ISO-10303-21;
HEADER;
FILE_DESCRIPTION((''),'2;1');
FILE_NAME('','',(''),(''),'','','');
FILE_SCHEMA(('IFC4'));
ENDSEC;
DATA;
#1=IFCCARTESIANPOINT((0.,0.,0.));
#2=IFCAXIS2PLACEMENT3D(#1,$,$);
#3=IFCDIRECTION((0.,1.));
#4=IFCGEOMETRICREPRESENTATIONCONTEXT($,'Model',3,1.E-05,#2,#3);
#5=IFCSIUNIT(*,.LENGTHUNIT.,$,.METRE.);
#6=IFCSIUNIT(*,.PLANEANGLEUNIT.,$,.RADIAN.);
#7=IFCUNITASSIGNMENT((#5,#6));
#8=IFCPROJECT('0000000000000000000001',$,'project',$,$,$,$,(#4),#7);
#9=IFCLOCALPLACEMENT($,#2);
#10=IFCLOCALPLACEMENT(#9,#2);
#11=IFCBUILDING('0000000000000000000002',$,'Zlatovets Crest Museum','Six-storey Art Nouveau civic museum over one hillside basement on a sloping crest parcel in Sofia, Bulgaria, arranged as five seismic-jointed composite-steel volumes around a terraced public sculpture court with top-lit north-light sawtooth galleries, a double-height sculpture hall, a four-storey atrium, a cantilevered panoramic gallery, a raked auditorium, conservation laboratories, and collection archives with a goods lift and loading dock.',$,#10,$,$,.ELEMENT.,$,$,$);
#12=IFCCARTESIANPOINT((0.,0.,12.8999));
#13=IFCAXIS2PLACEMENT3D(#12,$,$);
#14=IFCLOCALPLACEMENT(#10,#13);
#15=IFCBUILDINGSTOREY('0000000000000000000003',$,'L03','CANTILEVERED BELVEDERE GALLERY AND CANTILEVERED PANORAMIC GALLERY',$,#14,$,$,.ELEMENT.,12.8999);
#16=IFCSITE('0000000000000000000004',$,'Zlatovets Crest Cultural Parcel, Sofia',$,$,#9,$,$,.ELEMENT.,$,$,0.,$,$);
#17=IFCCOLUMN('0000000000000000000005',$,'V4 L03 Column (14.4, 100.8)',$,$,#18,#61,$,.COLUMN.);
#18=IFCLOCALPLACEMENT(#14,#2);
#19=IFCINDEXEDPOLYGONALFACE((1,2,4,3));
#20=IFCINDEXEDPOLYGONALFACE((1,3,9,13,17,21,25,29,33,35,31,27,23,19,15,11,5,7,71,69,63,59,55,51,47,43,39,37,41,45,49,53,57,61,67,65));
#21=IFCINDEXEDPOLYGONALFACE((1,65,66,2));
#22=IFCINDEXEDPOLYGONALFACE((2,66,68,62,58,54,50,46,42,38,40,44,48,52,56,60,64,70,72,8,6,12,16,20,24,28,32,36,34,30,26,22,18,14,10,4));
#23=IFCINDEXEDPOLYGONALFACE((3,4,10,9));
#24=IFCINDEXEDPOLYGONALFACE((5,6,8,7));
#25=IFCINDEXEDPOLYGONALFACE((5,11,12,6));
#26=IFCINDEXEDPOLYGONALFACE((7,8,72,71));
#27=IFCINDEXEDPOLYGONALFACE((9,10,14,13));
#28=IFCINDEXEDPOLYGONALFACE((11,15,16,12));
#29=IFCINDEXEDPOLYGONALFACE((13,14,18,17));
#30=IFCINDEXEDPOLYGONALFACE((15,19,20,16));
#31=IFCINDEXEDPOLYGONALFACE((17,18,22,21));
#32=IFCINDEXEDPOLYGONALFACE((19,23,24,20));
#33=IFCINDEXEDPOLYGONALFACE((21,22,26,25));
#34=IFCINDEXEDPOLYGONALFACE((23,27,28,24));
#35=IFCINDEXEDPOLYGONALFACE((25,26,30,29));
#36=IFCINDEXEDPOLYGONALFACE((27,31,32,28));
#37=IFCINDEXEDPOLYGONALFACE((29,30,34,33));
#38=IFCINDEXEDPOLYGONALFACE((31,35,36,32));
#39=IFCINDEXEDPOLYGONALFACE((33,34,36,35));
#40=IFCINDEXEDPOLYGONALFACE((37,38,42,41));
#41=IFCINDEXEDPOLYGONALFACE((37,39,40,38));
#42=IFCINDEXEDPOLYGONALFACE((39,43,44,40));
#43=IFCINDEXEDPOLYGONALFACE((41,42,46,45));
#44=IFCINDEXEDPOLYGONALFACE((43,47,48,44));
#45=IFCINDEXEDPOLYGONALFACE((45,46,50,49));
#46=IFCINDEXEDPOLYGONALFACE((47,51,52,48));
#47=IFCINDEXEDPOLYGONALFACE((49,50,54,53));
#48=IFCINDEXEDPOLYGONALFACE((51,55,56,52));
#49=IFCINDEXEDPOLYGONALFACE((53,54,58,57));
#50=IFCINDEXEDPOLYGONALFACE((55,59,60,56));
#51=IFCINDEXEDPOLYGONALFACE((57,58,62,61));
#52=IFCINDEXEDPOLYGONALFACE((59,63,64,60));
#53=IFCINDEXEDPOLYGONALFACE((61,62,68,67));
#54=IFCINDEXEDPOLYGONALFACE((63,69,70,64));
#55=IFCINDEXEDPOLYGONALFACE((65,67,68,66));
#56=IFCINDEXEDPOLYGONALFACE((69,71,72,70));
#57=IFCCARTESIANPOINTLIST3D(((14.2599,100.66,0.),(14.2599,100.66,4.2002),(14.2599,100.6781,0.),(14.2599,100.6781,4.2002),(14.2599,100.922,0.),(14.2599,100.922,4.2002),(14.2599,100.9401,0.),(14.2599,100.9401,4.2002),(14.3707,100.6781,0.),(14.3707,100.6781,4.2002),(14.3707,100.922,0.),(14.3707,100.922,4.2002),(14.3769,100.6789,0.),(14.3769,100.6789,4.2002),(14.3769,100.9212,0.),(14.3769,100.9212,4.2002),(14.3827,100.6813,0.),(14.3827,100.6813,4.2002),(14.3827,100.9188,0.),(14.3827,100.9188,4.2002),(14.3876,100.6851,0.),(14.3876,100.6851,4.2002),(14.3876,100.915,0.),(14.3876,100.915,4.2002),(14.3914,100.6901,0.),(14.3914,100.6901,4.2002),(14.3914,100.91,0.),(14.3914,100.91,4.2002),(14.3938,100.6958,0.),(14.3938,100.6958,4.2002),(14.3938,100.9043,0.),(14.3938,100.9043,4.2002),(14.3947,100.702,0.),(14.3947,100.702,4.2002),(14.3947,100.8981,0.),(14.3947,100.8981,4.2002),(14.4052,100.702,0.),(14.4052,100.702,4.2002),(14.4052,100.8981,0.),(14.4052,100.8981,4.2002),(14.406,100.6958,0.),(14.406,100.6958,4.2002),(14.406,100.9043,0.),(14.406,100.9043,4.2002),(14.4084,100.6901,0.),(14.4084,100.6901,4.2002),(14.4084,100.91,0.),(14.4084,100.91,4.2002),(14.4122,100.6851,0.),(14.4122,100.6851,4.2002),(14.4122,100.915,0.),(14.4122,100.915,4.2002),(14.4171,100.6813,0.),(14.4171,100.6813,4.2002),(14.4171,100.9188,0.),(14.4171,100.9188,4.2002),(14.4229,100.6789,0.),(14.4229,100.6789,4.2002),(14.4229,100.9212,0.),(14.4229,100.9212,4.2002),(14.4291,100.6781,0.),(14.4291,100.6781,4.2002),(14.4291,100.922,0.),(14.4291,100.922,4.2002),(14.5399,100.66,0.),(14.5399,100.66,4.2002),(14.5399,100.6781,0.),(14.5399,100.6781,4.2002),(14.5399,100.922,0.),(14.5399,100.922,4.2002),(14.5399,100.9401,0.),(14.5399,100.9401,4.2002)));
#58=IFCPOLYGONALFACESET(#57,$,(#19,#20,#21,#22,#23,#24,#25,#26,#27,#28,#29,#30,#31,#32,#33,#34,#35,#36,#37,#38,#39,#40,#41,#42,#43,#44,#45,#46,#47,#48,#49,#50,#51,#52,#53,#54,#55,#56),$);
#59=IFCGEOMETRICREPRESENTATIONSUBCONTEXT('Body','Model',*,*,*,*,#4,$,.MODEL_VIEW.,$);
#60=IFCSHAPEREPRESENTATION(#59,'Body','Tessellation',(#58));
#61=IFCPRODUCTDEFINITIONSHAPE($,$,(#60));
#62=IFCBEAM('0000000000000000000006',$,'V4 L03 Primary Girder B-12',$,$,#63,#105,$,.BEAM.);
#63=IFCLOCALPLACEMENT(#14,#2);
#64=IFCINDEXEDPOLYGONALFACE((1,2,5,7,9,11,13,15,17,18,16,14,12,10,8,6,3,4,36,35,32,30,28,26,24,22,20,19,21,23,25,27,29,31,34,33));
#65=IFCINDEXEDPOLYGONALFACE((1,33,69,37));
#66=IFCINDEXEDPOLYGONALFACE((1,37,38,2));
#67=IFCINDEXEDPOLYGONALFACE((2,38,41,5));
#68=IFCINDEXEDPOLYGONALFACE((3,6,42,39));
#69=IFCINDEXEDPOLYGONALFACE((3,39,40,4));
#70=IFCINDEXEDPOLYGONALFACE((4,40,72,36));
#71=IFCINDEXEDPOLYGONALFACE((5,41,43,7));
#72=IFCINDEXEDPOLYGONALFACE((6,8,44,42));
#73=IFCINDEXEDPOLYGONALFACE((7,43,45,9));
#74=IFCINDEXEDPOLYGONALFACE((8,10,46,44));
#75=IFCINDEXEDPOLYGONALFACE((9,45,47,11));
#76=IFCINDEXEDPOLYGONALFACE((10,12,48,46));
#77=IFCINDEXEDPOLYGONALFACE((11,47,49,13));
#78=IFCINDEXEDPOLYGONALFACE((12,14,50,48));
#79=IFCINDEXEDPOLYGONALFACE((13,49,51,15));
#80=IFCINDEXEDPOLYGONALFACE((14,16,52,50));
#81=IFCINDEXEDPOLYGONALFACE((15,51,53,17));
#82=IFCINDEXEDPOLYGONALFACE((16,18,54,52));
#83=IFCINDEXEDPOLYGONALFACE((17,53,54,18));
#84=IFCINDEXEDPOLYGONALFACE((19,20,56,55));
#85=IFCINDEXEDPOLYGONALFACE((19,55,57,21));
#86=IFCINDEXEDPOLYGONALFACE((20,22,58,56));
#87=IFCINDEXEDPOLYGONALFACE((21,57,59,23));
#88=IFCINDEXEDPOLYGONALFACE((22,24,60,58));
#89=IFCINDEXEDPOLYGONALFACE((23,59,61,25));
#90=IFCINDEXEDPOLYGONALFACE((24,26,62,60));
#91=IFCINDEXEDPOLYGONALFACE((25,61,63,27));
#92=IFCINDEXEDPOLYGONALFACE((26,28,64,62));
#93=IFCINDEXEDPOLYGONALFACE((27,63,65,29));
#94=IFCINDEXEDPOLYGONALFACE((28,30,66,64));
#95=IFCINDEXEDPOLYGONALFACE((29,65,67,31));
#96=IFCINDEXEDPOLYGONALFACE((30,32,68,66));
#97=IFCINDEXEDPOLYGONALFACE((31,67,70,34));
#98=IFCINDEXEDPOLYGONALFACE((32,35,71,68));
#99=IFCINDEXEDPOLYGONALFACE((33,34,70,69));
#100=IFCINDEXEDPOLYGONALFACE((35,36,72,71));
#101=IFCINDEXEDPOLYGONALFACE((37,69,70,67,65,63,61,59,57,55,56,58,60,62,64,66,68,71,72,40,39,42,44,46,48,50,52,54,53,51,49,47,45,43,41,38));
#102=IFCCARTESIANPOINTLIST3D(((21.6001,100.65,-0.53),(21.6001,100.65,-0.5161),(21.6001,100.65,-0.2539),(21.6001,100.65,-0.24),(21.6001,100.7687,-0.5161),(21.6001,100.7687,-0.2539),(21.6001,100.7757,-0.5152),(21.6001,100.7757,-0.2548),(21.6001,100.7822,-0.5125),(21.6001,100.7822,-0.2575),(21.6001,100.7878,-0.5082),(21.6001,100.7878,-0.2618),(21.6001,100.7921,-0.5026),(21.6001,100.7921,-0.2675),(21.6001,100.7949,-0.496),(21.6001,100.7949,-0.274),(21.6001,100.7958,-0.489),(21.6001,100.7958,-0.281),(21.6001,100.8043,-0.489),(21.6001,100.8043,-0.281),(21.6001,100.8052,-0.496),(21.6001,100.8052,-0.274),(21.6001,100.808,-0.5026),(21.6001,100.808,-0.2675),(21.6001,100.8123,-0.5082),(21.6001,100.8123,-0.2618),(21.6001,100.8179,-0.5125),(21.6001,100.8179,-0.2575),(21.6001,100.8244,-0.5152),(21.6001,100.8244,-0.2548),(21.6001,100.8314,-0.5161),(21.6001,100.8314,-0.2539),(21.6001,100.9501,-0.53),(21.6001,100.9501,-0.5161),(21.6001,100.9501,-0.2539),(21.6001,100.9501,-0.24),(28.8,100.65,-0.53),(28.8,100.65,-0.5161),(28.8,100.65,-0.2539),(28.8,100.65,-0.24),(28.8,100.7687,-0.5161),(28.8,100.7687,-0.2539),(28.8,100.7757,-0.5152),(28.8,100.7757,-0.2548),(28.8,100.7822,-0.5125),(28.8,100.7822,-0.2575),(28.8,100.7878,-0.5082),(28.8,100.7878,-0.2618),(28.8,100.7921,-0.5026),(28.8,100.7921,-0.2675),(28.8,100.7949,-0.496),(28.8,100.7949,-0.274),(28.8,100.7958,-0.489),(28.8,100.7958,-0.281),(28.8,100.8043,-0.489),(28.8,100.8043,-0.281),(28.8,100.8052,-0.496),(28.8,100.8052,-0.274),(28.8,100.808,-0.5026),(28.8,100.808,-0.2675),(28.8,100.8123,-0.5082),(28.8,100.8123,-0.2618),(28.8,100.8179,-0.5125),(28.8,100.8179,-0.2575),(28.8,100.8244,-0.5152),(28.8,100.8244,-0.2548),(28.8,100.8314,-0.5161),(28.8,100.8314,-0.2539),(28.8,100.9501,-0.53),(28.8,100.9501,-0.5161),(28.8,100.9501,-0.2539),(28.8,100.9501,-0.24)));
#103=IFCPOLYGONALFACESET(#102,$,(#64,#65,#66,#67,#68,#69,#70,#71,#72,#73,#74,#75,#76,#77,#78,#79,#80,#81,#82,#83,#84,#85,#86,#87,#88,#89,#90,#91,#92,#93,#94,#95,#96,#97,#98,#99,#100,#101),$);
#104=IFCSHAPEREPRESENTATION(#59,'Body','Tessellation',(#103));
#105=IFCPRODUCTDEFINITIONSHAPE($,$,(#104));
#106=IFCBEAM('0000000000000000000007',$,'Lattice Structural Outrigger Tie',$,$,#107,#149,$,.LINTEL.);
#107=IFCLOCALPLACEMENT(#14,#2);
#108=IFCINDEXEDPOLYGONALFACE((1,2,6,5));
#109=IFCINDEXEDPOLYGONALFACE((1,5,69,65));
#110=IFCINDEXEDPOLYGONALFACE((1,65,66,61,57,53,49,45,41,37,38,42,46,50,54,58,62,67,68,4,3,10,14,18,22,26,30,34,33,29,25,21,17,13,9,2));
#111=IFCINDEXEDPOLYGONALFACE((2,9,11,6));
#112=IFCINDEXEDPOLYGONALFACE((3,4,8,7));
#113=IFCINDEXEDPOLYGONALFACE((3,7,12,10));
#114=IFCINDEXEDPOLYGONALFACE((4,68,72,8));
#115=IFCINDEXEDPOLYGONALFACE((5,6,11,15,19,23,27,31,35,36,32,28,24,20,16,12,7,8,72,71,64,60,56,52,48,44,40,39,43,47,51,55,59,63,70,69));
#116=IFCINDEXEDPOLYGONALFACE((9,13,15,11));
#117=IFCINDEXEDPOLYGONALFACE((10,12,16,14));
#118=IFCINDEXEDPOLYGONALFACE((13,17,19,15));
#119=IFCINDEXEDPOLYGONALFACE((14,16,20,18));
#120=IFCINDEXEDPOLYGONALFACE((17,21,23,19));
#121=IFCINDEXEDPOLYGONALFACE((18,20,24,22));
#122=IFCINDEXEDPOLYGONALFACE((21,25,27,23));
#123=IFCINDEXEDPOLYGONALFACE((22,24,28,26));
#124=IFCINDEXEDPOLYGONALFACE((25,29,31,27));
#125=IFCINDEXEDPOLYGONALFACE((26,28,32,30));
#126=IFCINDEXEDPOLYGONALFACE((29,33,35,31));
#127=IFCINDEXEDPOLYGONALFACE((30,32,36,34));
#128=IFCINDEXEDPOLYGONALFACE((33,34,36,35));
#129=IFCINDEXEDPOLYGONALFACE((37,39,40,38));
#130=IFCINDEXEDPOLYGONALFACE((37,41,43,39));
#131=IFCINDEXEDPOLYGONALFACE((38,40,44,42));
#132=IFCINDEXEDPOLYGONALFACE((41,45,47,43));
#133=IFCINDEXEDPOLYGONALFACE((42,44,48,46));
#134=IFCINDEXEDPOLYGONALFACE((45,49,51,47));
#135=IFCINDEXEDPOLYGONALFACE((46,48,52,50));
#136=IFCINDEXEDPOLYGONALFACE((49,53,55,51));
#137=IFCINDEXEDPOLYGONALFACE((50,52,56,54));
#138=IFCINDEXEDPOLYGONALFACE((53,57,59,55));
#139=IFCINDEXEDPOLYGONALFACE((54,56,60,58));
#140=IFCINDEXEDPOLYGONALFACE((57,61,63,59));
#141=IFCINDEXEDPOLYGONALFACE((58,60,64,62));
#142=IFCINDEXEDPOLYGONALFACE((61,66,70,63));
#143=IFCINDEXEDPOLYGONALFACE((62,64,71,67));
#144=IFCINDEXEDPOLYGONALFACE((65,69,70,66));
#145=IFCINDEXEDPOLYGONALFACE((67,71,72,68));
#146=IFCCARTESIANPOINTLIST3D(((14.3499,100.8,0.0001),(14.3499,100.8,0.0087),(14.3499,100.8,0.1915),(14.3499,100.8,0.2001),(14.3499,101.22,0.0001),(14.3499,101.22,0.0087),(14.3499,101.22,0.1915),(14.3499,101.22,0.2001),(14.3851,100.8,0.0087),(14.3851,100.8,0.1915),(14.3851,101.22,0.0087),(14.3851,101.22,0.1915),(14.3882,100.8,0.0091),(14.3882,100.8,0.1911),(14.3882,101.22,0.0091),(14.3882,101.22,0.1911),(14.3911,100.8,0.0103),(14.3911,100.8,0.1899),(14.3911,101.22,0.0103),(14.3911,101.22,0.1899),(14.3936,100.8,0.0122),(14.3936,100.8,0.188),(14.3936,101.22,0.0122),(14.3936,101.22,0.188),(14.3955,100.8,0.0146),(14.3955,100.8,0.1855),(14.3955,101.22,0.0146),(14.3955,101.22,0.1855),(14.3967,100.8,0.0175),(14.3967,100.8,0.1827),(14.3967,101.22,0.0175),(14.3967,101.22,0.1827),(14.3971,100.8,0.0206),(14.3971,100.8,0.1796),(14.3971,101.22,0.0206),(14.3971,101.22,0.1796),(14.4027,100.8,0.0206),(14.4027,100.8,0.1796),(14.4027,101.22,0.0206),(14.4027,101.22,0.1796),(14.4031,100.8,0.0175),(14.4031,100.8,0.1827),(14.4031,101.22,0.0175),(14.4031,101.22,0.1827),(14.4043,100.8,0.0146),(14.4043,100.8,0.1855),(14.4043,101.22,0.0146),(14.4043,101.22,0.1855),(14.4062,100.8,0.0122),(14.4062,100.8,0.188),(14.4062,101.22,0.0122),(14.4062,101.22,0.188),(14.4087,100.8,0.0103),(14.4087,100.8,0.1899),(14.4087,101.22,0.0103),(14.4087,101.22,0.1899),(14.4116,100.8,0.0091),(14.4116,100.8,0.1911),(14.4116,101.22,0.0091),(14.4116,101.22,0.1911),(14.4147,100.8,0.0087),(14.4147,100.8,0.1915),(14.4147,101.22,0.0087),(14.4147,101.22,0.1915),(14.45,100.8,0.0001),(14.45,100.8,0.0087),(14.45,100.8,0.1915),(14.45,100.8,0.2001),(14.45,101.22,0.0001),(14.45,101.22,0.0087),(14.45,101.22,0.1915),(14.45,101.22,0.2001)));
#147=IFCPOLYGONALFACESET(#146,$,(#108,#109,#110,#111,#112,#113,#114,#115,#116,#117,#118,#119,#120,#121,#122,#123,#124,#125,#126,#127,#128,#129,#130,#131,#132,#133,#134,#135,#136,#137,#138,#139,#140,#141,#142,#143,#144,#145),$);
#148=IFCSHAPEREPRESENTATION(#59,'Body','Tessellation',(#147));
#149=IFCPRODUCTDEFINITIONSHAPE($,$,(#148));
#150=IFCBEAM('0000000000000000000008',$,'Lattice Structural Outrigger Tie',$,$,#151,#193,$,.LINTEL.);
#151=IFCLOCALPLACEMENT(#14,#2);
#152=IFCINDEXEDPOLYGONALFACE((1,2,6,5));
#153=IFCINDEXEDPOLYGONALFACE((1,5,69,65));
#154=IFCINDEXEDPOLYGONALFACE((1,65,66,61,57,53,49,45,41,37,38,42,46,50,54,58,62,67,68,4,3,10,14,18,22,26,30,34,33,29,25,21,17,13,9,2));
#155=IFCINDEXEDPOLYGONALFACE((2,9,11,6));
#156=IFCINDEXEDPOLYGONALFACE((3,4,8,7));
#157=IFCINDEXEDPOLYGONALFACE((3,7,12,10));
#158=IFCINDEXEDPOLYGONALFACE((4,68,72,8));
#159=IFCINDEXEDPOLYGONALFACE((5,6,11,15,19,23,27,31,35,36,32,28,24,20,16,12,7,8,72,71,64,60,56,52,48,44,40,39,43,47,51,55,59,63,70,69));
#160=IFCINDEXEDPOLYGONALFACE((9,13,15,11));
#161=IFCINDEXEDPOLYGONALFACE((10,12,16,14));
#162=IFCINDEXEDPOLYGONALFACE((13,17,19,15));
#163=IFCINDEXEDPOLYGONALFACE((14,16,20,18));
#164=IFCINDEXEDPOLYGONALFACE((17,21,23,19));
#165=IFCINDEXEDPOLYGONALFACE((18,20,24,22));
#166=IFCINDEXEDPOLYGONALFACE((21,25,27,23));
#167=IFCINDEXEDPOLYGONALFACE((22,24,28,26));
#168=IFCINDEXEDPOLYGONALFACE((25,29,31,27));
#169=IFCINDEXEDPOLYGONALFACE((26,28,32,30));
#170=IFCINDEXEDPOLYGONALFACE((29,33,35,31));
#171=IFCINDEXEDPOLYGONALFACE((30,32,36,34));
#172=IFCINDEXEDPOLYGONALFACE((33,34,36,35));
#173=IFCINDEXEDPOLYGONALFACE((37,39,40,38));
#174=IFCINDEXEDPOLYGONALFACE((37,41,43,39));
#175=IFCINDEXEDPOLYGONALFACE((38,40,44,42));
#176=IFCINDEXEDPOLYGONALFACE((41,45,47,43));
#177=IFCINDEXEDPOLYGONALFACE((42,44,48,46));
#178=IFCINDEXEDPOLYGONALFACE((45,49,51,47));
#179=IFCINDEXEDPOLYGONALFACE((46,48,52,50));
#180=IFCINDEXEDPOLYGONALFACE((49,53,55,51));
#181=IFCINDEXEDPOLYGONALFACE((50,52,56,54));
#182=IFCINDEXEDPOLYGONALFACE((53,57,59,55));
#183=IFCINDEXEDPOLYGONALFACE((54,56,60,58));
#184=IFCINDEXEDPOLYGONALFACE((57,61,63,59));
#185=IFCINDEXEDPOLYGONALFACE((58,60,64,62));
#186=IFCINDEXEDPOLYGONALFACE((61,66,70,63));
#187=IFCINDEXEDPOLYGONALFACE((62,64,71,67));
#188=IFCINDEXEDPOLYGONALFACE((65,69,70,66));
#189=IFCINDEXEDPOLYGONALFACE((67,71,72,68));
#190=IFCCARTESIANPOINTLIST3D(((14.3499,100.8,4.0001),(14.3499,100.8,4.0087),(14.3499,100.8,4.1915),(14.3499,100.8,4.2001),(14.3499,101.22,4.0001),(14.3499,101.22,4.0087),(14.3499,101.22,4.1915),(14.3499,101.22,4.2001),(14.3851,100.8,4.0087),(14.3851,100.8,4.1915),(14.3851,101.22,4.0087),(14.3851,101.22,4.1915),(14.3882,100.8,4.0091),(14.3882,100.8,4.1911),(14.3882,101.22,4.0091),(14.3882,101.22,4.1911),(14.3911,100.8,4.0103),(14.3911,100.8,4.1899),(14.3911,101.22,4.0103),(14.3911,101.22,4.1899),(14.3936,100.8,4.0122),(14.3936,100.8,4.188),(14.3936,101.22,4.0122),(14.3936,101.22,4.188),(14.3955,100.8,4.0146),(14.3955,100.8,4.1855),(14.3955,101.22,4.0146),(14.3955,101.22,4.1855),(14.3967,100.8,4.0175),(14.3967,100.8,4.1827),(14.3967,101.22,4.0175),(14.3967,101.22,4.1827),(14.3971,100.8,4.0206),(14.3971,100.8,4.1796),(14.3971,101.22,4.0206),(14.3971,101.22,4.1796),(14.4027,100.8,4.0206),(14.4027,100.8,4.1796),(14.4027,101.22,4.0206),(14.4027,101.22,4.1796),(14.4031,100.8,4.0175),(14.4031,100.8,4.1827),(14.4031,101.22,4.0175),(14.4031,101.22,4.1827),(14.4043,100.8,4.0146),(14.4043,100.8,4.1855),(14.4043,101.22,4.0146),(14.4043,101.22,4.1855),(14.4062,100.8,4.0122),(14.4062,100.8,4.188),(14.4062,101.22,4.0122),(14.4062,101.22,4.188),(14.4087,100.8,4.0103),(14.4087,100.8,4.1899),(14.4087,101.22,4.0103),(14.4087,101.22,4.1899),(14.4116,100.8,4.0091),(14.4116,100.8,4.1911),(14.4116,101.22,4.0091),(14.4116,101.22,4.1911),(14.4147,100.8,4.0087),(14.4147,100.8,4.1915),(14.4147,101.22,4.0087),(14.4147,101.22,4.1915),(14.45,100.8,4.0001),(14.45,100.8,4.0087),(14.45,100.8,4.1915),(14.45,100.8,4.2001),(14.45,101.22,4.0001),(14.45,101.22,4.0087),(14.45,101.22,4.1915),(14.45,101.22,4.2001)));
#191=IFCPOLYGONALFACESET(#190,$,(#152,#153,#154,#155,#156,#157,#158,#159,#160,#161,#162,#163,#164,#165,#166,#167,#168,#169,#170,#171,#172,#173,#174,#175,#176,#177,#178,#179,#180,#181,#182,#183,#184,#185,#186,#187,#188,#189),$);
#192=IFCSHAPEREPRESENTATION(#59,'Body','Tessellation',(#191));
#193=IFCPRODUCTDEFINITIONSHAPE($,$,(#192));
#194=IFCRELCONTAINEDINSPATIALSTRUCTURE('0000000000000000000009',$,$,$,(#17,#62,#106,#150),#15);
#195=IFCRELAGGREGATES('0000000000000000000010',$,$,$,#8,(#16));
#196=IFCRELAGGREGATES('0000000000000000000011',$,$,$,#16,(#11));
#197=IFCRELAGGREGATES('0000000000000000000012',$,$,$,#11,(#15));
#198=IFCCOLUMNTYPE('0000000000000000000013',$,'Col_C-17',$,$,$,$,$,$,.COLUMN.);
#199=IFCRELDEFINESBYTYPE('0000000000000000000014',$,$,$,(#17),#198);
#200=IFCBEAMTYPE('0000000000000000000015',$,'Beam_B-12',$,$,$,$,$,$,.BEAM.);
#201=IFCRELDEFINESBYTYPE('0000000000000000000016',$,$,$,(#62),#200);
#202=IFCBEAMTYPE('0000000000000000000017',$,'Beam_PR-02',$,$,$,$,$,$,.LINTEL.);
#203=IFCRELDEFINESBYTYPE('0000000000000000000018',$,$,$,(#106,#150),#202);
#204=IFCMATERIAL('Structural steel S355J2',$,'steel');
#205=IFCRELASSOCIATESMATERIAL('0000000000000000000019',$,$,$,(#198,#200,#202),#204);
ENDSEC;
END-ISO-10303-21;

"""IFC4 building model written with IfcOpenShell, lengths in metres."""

from ifc_helpers import new_model, si_unit, direction, frame, origin, origin_2d, place, context, subcontext, project, spatial, i_section, extrude, material, material_profile, profile_set, type_object, element, save


model = new_model("IFC4")

# Units and contexts
model_context = context("Model", 3, precision=1e-05, world=origin(), true_north=direction((0.0, 1.0)))
body_context = subcontext(model_context, "Body", "Model", "MODEL_VIEW")
ifc_project = project(units=[si_unit("LENGTHUNIT", "METRE"), si_unit("PLANEANGLEUNIT", "RADIAN")], contexts=[model_context])

# Site, building, storey
site_placement = place(None, origin())
site = spatial("IfcSite", under=ifc_project, at=site_placement, Name="Zlatovets Crest Cultural Parcel, Sofia", CompositionType="ELEMENT", RefElevation=0.0)
building_placement = place(site_placement, origin())
building = spatial("IfcBuilding", under=site, at=building_placement, Name="Zlatovets Crest Museum", Description="Six-storey Art Nouveau civic museum over one hillside basement on a sloping crest parcel in Sofia, Bulgaria, arranged as five seismic-jointed composite-steel volumes around a terraced public sculpture court with top-lit north-light sawtooth galleries, a double-height sculpture hall, a four-storey atrium, a cantilevered panoramic gallery, a raked auditorium, conservation laboratories, and collection archives with a goods lift and loading dock.", CompositionType="ELEMENT")
storey_placement = place(building_placement, frame((0.0, 0.0, 12.8999)))
storey = spatial("IfcBuildingStorey", under=building, at=storey_placement, Name="L03", Description="CANTILEVERED BELVEDERE GALLERY AND CANTILEVERED PANORAMIC GALLERY", CompositionType="ELEMENT", Elevation=12.8999)

# Column
ifc_material_1 = material(Name="Structural steel S355J2", Category="steel")
ifc_material_profile_1 = material_profile(ifc_material_1, i_section(OverallWidth=0.28, OverallDepth=0.28, WebThickness=0.0105, FlangeThickness=0.0181, FilletRadius=0.0239, at=origin_2d()), Name="HEB 280")
ifc_profile_set_1 = profile_set([ifc_material_profile_1], Name="Structural steel S355J2")
column_type = type_object("IfcColumnType", Name="Col_C-17", PredefinedType="COLUMN", material=ifc_profile_set_1)
column_placement = place(storey_placement, frame((14.3999, 100.8, 0.0), z_axis=(0.0, 0.0, 1.0), x_axis=(1.0, 0.0, 0.0)))
element("IfcColumn", 1, at=column_placement, inside=storey, type_object=column_type, Name="V4 L03 Column (14.4, 100.8)", PredefinedType="COLUMN", context=body_context, shape_type="SweptSolid", body=[
    extrude(i_section(OverallWidth=0.28, OverallDepth=0.28, WebThickness=0.0105, FlangeThickness=0.0181, FilletRadius=0.0239, at=origin_2d()), origin(), (0.0, 0.0, 1.0), 4.2002),
])

# Beams
ifc_material_profile_2 = material_profile(ifc_material_1, i_section(OverallWidth=0.3, OverallDepth=0.29, WebThickness=0.0085, FlangeThickness=0.0139, FilletRadius=0.0271, at=origin_2d()), Name="HEA 300")
ifc_profile_set_2 = profile_set([ifc_material_profile_2], Name="Structural steel S355J2")
beam_type_1 = type_object("IfcBeamType", Name="Beam_B-12", PredefinedType="BEAM", material=ifc_profile_set_2)
beam_placement = place(storey_placement, frame((21.6001, 100.8, -0.385), z_axis=(1.0, 0.0, 0.0), x_axis=(0.0, 1.0, 0.0)))
element("IfcBeam", 2, at=beam_placement, inside=storey, type_object=beam_type_1, Name="V4 L03 Primary Girder B-12", PredefinedType="BEAM", context=body_context, shape_type="SweptSolid", body=[
    extrude(i_section(OverallWidth=0.3, OverallDepth=0.29, WebThickness=0.0085, FlangeThickness=0.0139, FilletRadius=0.0271, at=origin_2d()), origin(), (0.0, 0.0, 1.0), 7.2),
])
ifc_material_profile_3 = material_profile(ifc_material_1, i_section(OverallWidth=0.1001, OverallDepth=0.2, WebThickness=0.0056, FlangeThickness=0.0085, FilletRadius=0.012, at=origin_2d()), Name="IPE 200")
ifc_profile_set_3 = profile_set([ifc_material_profile_3], Name="Structural steel S355J2")
beam_type_2 = type_object("IfcBeamType", Name="Beam_PR-02", PredefinedType="LINTEL", material=ifc_profile_set_3)
for number, where, z_axis, x_axis, name in (
    (3, (14.3999, 100.8, 0.1001), (0.0, 1.0, 0.0), (-1.0, 0.0, 0.0), "Lattice Structural Outrigger Tie"),
    (4, (14.3999, 100.8, 4.1001), (0.0, 1.0, 0.0), (-1.0, 0.0, 0.0), "Lattice Structural Outrigger Tie"),
):
    element("IfcBeam", number, at=place(storey_placement, frame(where, z_axis=z_axis, x_axis=x_axis)), inside=storey, type_object=beam_type_2, Name=name, PredefinedType="LINTEL", context=body_context, shape_type="SweptSolid", body=[
        extrude(i_section(OverallWidth=0.1001, OverallDepth=0.2, WebThickness=0.0056, FlangeThickness=0.0085, FilletRadius=0.012, at=origin_2d()), origin(), (0.0, 0.0, 1.0), 0.4199),
    ])

save(model, "model.ifc")
